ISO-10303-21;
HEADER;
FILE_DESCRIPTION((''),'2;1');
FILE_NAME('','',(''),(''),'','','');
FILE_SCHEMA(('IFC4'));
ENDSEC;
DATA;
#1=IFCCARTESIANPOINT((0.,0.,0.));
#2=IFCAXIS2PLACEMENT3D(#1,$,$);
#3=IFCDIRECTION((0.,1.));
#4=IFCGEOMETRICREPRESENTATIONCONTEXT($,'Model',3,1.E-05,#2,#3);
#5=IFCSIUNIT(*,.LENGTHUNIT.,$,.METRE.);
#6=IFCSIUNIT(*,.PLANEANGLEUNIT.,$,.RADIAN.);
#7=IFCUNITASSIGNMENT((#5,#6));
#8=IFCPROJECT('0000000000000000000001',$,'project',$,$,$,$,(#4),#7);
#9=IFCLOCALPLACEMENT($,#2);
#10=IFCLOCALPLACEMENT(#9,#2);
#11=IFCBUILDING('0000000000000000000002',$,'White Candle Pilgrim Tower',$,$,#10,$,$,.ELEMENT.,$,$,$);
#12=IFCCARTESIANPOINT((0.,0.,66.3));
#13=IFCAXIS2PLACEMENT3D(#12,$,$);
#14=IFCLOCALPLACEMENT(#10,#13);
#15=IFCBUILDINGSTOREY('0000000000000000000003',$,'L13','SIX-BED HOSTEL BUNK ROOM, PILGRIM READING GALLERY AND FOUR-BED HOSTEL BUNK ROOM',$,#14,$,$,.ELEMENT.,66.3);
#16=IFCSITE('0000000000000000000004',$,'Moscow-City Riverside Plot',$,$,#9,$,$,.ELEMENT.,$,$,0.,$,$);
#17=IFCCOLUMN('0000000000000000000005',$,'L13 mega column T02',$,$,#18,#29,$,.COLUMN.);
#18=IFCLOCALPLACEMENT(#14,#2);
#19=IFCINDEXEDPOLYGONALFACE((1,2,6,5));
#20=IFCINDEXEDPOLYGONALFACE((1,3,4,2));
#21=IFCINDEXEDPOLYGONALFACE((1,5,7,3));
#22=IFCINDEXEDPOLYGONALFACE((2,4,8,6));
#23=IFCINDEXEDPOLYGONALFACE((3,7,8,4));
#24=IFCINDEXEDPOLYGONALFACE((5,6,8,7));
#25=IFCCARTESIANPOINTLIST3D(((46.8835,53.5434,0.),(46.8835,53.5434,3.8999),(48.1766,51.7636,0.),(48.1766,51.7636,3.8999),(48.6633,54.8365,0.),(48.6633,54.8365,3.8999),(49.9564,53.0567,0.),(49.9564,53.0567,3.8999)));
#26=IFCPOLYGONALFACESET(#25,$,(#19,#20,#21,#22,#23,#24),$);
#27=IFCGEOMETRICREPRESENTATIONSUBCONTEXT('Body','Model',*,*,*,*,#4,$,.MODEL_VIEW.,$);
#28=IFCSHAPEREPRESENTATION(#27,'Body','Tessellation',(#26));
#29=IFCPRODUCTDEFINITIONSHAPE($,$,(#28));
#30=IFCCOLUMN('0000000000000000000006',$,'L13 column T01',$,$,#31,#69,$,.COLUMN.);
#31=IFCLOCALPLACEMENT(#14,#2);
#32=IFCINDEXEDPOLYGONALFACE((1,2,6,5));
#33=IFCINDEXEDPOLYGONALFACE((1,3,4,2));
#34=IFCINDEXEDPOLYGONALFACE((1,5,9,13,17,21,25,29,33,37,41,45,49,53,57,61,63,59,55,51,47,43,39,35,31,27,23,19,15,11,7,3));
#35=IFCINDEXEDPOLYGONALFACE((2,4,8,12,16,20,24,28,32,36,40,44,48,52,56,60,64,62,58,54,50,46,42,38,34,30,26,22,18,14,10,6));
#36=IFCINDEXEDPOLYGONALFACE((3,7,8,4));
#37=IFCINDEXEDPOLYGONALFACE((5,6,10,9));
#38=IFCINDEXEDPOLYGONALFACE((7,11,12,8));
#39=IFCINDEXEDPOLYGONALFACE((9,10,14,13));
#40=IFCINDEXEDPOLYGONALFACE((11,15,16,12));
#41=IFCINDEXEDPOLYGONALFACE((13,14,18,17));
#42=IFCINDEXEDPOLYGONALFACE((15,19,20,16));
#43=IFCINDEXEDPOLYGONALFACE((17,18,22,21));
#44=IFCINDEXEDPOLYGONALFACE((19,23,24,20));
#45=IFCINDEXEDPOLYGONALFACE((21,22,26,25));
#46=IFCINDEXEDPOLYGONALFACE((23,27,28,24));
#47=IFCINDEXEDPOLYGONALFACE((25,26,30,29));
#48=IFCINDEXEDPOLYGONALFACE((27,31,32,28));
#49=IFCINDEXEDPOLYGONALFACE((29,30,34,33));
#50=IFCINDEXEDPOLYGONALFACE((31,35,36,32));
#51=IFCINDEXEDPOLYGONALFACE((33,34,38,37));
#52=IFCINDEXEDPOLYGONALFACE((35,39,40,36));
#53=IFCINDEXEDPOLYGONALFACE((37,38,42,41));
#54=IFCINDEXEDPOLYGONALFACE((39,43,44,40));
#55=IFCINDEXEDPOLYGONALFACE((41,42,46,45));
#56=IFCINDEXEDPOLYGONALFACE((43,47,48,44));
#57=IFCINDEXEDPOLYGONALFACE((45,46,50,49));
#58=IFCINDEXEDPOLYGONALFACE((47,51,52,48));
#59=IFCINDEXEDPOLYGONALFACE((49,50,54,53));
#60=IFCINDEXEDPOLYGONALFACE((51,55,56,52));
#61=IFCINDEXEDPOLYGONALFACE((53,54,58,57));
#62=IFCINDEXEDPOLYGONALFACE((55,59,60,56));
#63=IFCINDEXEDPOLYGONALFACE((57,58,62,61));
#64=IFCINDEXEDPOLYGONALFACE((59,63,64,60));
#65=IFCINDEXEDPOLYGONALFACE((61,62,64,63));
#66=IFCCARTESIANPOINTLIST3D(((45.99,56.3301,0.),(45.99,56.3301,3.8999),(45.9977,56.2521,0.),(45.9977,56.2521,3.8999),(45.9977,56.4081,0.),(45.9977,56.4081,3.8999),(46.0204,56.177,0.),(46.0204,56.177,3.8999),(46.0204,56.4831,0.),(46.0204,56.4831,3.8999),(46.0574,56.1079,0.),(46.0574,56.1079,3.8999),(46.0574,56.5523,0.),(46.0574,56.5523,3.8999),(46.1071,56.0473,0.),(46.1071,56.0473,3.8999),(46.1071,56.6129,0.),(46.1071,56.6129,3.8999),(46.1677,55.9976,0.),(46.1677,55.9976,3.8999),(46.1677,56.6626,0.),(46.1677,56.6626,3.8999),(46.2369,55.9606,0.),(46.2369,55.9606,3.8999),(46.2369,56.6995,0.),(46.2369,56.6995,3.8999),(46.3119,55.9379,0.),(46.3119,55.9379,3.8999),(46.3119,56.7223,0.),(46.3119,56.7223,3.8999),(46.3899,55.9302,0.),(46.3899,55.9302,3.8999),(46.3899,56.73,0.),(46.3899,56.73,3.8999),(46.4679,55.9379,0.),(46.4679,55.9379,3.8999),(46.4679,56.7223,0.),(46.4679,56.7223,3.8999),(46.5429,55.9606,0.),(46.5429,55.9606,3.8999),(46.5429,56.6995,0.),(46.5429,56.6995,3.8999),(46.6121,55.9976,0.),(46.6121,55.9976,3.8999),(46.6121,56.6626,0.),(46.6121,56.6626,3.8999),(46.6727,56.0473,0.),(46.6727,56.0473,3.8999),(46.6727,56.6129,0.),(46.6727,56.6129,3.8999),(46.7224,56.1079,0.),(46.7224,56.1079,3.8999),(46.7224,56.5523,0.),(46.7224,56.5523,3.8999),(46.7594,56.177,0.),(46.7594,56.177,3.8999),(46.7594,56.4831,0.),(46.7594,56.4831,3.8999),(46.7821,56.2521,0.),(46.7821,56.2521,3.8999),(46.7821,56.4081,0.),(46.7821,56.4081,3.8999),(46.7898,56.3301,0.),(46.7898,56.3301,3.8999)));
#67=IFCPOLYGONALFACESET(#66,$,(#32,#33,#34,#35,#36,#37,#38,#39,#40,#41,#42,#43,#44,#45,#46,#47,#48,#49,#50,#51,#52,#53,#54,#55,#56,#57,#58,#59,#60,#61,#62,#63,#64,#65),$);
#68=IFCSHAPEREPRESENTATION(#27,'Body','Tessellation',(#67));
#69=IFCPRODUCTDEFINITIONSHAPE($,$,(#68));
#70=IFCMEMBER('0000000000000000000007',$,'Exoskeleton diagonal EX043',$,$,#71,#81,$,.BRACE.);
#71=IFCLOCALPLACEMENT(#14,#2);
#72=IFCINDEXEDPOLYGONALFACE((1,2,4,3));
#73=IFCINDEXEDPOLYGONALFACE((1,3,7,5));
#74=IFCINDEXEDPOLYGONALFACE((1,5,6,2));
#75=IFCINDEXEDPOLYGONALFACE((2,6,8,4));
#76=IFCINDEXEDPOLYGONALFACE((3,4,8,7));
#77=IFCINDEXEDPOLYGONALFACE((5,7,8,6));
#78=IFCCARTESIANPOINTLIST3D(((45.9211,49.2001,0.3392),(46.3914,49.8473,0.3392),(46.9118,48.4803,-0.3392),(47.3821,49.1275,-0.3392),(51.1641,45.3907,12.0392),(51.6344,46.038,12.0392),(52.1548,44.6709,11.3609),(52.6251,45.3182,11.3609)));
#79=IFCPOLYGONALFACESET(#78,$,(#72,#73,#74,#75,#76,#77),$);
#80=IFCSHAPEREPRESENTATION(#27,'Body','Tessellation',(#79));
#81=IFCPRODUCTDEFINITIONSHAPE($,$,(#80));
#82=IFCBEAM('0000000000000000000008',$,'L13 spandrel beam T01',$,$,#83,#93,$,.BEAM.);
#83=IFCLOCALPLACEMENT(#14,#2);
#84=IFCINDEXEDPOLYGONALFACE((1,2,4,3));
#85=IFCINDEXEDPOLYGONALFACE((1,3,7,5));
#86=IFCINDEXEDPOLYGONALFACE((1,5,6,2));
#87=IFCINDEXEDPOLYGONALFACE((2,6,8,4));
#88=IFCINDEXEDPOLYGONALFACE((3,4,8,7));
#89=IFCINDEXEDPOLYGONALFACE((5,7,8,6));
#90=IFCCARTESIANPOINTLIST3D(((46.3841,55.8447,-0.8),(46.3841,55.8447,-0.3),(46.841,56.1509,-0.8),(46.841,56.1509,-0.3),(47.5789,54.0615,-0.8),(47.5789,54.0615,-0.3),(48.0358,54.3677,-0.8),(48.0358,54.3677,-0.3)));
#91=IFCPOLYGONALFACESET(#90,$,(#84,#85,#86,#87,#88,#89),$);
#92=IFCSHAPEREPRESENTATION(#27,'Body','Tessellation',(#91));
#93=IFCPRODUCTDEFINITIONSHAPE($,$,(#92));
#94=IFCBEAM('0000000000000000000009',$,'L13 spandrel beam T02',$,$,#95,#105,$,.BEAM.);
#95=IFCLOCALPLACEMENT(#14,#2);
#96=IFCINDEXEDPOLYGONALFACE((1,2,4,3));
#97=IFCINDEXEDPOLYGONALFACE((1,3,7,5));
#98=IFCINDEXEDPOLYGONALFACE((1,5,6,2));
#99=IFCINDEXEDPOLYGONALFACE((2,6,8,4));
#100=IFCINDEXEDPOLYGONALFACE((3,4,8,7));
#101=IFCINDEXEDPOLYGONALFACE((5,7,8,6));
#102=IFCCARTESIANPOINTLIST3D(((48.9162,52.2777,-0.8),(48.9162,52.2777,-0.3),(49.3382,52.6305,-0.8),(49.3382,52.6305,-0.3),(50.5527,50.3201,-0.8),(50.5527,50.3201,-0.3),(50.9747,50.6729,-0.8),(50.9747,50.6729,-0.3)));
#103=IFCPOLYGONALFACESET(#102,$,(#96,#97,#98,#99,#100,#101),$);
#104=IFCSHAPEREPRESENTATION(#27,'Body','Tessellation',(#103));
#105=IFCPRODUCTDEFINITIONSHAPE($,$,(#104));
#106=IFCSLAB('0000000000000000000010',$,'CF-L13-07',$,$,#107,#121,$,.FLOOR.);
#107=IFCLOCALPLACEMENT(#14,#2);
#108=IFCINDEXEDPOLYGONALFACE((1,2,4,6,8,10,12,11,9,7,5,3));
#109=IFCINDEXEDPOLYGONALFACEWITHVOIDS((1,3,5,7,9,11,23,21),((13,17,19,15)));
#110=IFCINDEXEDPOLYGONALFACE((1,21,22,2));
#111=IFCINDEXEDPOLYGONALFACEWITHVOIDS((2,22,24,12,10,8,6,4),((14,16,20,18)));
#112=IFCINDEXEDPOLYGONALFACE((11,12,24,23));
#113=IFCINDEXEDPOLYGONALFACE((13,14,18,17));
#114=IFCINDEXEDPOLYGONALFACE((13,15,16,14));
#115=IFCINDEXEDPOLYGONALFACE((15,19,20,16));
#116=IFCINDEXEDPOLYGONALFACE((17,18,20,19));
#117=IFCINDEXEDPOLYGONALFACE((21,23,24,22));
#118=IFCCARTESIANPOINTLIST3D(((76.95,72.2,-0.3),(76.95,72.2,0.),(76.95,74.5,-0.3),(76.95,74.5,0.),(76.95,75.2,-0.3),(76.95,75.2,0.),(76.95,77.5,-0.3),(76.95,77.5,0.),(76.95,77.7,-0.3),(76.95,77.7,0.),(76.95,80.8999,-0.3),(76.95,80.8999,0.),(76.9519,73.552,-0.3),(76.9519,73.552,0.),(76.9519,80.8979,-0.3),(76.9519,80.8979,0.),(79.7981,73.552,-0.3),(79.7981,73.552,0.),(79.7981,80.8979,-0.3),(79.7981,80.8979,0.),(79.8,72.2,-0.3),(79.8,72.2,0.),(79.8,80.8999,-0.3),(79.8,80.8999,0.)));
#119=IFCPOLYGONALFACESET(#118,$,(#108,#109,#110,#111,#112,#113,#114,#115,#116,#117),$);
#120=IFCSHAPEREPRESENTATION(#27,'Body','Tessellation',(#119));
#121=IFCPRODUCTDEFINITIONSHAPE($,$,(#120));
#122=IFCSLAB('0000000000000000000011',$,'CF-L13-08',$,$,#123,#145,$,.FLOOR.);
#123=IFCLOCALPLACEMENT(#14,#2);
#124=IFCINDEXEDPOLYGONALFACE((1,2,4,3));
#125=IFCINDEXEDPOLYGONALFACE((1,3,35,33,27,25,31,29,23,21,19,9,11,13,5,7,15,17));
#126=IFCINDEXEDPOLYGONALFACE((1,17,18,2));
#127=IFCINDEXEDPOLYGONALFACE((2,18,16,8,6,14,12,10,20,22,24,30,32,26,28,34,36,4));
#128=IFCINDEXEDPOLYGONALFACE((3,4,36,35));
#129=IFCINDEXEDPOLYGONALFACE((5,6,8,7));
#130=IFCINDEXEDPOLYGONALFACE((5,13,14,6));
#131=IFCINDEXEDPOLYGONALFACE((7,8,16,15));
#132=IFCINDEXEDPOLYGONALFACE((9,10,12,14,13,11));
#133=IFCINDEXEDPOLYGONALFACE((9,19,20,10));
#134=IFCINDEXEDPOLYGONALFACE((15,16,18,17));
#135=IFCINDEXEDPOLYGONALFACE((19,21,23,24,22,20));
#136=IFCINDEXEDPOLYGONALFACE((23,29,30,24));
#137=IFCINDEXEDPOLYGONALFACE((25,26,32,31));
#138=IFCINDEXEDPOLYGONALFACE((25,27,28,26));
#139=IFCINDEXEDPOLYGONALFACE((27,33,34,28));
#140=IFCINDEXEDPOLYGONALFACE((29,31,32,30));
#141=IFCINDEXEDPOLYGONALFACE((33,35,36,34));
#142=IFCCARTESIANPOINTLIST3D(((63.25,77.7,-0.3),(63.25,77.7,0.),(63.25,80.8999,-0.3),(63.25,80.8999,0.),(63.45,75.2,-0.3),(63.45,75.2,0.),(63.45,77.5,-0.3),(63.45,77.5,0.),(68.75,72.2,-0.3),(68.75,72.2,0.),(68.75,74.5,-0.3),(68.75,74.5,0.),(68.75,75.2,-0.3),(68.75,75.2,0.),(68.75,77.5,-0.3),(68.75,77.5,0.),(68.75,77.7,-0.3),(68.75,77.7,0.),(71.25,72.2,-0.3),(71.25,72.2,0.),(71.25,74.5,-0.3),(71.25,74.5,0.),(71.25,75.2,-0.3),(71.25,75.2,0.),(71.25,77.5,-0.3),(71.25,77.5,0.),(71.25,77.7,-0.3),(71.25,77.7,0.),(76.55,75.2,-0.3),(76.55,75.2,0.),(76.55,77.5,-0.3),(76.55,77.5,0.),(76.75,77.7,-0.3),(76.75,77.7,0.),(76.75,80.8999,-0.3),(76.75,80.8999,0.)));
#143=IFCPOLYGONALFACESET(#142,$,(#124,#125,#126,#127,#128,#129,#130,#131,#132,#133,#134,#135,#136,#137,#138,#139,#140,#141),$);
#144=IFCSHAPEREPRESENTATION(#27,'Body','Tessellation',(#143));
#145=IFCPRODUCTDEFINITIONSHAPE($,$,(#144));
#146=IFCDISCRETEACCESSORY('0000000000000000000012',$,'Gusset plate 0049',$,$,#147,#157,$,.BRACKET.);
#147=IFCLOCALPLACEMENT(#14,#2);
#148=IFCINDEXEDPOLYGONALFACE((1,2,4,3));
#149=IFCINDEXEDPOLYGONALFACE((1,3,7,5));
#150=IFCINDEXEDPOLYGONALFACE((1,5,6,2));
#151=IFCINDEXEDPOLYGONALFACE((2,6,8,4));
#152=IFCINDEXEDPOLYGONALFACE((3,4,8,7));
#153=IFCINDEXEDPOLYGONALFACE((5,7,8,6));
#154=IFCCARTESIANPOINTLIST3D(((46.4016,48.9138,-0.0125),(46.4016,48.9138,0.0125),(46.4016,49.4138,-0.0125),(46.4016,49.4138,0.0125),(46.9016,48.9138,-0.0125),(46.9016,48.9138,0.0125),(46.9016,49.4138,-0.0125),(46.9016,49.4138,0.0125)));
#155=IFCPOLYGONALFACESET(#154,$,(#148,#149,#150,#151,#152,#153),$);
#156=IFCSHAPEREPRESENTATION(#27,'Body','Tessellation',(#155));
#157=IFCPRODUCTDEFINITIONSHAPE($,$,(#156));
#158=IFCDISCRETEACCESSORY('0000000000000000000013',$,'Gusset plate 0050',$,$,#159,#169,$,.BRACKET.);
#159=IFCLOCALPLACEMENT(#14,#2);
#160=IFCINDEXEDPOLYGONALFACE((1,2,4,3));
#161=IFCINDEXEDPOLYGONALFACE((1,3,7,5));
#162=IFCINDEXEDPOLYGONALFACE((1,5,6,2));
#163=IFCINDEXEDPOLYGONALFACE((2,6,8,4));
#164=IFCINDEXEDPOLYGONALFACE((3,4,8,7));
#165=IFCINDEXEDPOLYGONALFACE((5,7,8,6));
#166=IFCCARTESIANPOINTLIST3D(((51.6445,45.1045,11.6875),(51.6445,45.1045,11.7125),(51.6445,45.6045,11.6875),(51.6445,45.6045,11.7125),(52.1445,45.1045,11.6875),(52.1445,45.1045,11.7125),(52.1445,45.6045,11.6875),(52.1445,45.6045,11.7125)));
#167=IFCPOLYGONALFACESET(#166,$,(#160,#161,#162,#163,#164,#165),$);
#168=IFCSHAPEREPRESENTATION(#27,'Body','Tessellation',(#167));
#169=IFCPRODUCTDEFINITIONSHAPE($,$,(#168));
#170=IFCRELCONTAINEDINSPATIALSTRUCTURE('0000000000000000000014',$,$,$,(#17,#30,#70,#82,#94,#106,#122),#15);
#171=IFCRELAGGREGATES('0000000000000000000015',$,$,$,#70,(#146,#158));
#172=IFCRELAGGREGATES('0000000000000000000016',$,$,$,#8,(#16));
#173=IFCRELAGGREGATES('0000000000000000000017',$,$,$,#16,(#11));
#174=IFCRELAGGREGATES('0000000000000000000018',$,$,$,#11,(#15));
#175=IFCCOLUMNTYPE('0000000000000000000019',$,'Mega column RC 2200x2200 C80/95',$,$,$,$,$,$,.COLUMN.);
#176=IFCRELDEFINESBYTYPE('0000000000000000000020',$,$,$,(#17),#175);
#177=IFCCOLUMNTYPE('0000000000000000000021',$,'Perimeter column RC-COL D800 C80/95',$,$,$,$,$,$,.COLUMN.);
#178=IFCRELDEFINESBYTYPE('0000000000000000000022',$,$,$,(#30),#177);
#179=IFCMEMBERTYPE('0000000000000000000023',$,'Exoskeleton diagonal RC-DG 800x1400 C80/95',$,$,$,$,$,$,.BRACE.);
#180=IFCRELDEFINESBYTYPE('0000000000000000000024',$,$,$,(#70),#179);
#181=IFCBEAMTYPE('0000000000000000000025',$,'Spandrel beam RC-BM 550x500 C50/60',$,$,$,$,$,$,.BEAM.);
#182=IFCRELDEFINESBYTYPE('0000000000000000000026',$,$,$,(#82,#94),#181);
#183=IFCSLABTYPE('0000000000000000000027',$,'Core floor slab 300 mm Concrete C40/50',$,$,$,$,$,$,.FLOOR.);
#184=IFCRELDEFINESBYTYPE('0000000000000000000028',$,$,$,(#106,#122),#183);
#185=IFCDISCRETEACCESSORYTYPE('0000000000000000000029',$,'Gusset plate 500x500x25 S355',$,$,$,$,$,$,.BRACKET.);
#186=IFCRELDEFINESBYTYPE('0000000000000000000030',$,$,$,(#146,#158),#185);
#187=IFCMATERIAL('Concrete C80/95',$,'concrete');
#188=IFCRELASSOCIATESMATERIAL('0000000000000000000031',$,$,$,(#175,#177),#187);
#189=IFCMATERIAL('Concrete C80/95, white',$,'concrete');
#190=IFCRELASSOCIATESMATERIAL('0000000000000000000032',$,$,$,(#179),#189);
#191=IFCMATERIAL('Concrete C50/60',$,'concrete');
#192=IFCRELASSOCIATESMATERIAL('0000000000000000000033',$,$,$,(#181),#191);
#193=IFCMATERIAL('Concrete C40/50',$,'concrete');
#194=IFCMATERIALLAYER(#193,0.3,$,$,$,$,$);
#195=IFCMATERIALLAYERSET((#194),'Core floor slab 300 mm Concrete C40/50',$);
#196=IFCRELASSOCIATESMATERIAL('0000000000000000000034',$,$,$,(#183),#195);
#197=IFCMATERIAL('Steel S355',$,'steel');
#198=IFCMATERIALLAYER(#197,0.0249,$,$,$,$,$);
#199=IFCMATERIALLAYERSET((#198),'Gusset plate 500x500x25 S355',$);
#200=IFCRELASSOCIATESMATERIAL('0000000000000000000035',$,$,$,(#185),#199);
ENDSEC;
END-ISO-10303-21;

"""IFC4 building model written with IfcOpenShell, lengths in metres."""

from ifc_helpers import new_model, si_unit, direction, frame, origin, origin_2d, place, context, subcontext, project, spatial, polyline, rectangle, circle, outline, extrude, material, layer, layer_set, material_profile, profile_set, type_object, element, aggregate, save


model = new_model("IFC4")

# Units and contexts
model_context = context("Model", 3, precision=1e-05, world=origin(), true_north=direction((0.0, 1.0)))
body_context = subcontext(model_context, "Body", "Model", "MODEL_VIEW")
ifc_project = project(units=[si_unit("LENGTHUNIT", "METRE"), si_unit("PLANEANGLEUNIT", "RADIAN")], contexts=[model_context])

# Site, building, storey
site_placement = place(None, origin())
site = spatial("IfcSite", under=ifc_project, at=site_placement, Name="Moscow-City Riverside Plot", CompositionType="ELEMENT", RefElevation=0.0)
building_placement = place(site_placement, origin())
building = spatial("IfcBuilding", under=site, at=building_placement, Name="White Candle Pilgrim Tower", CompositionType="ELEMENT")
storey_placement = place(building_placement, frame((0.0, 0.0, 66.3)))
storey = spatial("IfcBuildingStorey", under=building, at=storey_placement, Name="L13", Description="SIX-BED HOSTEL BUNK ROOM, PILGRIM READING GALLERY AND FOUR-BED HOSTEL BUNK ROOM", CompositionType="ELEMENT", Elevation=66.3)

# Columns
ifc_material_1 = material(Name="Concrete C80/95", Category="concrete")
ifc_material_profile_1 = material_profile(ifc_material_1, rectangle(XDim=2.2, YDim=2.2, at=origin_2d()), Name="RC 2200x2200")
ifc_profile_set_1 = profile_set([ifc_material_profile_1], Name="Concrete C80/95")
column_type_1 = type_object("IfcColumnType", Name="Mega column RC 2200x2200 C80/95", PredefinedType="COLUMN", material=ifc_profile_set_1)
column_1_placement = place(storey_placement, frame((48.4199, 53.3, 0.0), z_axis=(0.0, 0.0, 1.0), x_axis=(-0.809017, -0.587785, 0.0)))
element("IfcColumn", 1, at=column_1_placement, inside=storey, type_object=column_type_1, Name="L13 mega column T02", PredefinedType="COLUMN", context=body_context, shape_type="SweptSolid", body=[
    extrude(rectangle(XDim=2.2, YDim=2.2, at=origin_2d()), origin(), (0.0, 0.0, 1.0), 3.8999),
])
ifc_material_profile_2 = material_profile(ifc_material_1, circle(Radius=0.3999, at=origin_2d()), Name="RC-COL D800")
ifc_profile_set_2 = profile_set([ifc_material_profile_2], Name="Concrete C80/95")
column_type_2 = type_object("IfcColumnType", Name="Perimeter column RC-COL D800 C80/95", PredefinedType="COLUMN", material=ifc_profile_set_2)
column_2_placement = place(storey_placement, frame((46.3899, 56.3301, 0.0), z_axis=(0.0, 0.0, 1.0), x_axis=(1.0, 0.0, 0.0)))
element("IfcColumn", 2, at=column_2_placement, inside=storey, type_object=column_type_2, Name="L13 column T01", PredefinedType="COLUMN", context=body_context, shape_type="SweptSolid", body=[
    extrude(circle(Radius=0.3999, at=origin_2d()), origin(), (0.0, 0.0, 1.0), 3.8999),
])

# Member
ifc_material_2 = material(Name="Concrete C80/95, white", Category="concrete")
ifc_material_profile_3 = material_profile(ifc_material_2, rectangle(XDim=0.8, YDim=1.3999, at=origin_2d()), Name="RC-DG 800x1400")
ifc_profile_set_3 = profile_set([ifc_material_profile_3], Name="Concrete C80/95, white")
member_type = type_object("IfcMemberType", Name="Exoskeleton diagonal RC-DG 800x1400 C80/95", PredefinedType="BRACE", material=ifc_profile_set_3)
member_placement = place(storey_placement, frame((46.6516, 49.1638, 0.0), z_axis=(0.391997, -0.284811, 0.874769), x_axis=(0.587798, 0.809008, 0.0)))
member = element("IfcMember", 3, at=member_placement, inside=storey, type_object=member_type, Name="Exoskeleton diagonal EX043", PredefinedType="BRACE", context=body_context, shape_type="SweptSolid", body=[
    extrude(rectangle(XDim=0.8, YDim=1.3999, at=origin_2d()), origin(), (0.0, 0.0, 1.0), 13.375),
])

# Beams
ifc_material_3 = material(Name="Concrete C50/60", Category="concrete")
ifc_material_profile_4 = material_profile(ifc_material_3, rectangle(XDim=0.55, YDim=0.5, at=origin_2d()), Name="RC-BM 550x500")
ifc_profile_set_4 = profile_set([ifc_material_profile_4], Name="Concrete C50/60")
beam_type = type_object("IfcBeamType", Name="Spandrel beam RC-BM 550x500 C50/60", PredefinedType="BEAM", material=ifc_profile_set_4)
beam_1_placement = place(storey_placement, frame((46.6125, 55.9978, -0.55), z_axis=(0.556641, -0.830753, 0.0), x_axis=(0.830753, 0.556641, 0.0)))
element("IfcBeam", 4, at=beam_1_placement, inside=storey, type_object=beam_type, Name="L13 spandrel beam T01", PredefinedType="BEAM", context=body_context, shape_type="SweptSolid", body=[
    extrude(rectangle(XDim=0.55, YDim=0.5, at=origin_2d()), origin(), (0.0, 0.0, 1.0), 2.1465),
])
beam_2_placement = place(storey_placement, frame((49.1272, 52.4541, -0.55), z_axis=(0.641388, -0.767216, 0.0), x_axis=(0.767216, 0.641388, 0.0)))
element("IfcBeam", 5, at=beam_2_placement, inside=storey, type_object=beam_type, Name="L13 spandrel beam T02", PredefinedType="BEAM", context=body_context, shape_type="SweptSolid", body=[
    extrude(rectangle(XDim=0.55, YDim=0.5, at=origin_2d()), origin(), (0.0, 0.0, 1.0), 2.5515),
])

# Slabs
ifc_material_4 = material(Name="Concrete C40/50", Category="concrete")
ifc_layer_1 = layer(ifc_material_4, 0.3)
ifc_layer_set_1 = layer_set([ifc_layer_1], Name="Core floor slab 300 mm Concrete C40/50")
slab_type_1 = type_object("IfcSlabType", Name="Core floor slab 300 mm Concrete C40/50", PredefinedType="FLOOR", material=ifc_layer_set_1)
slab_1_placement = place(storey_placement, frame((0.0, 0.0, -0.3)))
element("IfcSlab", 6, at=slab_1_placement, inside=storey, type_object=slab_type_1, Name="CF-L13-07", PredefinedType="FLOOR", context=body_context, shape_type="SweptSolid", body=[
    extrude(outline(polyline([(79.8, 72.2), (76.95, 72.2), (76.95, 74.5), (76.95, 75.2), (76.95, 77.5), (76.95, 77.7), (76.95, 80.8999), (79.8, 80.8999), (79.8, 72.2)]), holes=[polyline([(76.9519, 73.552), (79.7981, 73.552), (79.7981, 80.8979), (76.9519, 80.8979), (76.9519, 73.552)])]), origin(), (0.0, 0.0, 1.0), 0.3),
])
slab_2_placement = place(storey_placement, frame((0.0, 0.0, -0.3)))
element("IfcSlab", 7, at=slab_2_placement, inside=storey, type_object=slab_type_1, Name="CF-L13-08", PredefinedType="FLOOR", context=body_context, shape_type="SweptSolid", body=[
    extrude(outline(polyline([(68.75, 72.2), (68.75, 74.5), (68.75, 75.2), (63.45, 75.2), (63.45, 77.5), (68.75, 77.5), (68.75, 77.7), (63.25, 77.7), (63.25, 80.8999), (76.75, 80.8999), (76.75, 77.7), (71.25, 77.7), (71.25, 77.5), (76.55, 77.5), (76.55, 75.2), (71.25, 75.2), (71.25, 74.5), (71.25, 72.2), (68.75, 72.2)])), origin(), (0.0, 0.0, 1.0), 0.3),
])

# Discrete accessories
ifc_material_5 = material(Name="Steel S355", Category="steel")
ifc_layer_2 = layer(ifc_material_5, 0.0249)
ifc_layer_set_2 = layer_set([ifc_layer_2], Name="Gusset plate 500x500x25 S355")
discrete_accessory_type = type_object("IfcDiscreteAccessoryType", Name="Gusset plate 500x500x25 S355", PredefinedType="BRACKET", material=ifc_layer_set_2)
discrete_accessory_1_placement = place(storey_placement, frame((46.6516, 49.1638, -0.0125), z_axis=(0.0, 0.0, 1.0), x_axis=(1.0, 0.0, 0.0)))
discrete_accessory_1 = element("IfcDiscreteAccessory", 8, at=discrete_accessory_1_placement, type_object=discrete_accessory_type, Name="Gusset plate 0049", PredefinedType="BRACKET", context=body_context, shape_type="SweptSolid", body=[
    extrude(rectangle(XDim=0.5, YDim=0.5, at=origin_2d()), origin(), (0.0, 0.0, 1.0), 0.0249),
])
placement = place(building_placement, frame((0.0, 0.0, 78.0)))
discrete_accessory_2_placement = place(placement, frame((51.8945, 45.3545, -0.0125), z_axis=(0.0, 0.0, 1.0), x_axis=(1.0, 0.0, 0.0)))
discrete_accessory_2 = element("IfcDiscreteAccessory", 9, at=discrete_accessory_2_placement, type_object=discrete_accessory_type, Name="Gusset plate 0050", PredefinedType="BRACKET", context=body_context, shape_type="SweptSolid", body=[
    extrude(rectangle(XDim=0.5, YDim=0.5, at=origin_2d()), origin(), (0.0, 0.0, 1.0), 0.0249),
])
aggregate(member, [discrete_accessory_1, discrete_accessory_2])

save(model, "model.ifc")
